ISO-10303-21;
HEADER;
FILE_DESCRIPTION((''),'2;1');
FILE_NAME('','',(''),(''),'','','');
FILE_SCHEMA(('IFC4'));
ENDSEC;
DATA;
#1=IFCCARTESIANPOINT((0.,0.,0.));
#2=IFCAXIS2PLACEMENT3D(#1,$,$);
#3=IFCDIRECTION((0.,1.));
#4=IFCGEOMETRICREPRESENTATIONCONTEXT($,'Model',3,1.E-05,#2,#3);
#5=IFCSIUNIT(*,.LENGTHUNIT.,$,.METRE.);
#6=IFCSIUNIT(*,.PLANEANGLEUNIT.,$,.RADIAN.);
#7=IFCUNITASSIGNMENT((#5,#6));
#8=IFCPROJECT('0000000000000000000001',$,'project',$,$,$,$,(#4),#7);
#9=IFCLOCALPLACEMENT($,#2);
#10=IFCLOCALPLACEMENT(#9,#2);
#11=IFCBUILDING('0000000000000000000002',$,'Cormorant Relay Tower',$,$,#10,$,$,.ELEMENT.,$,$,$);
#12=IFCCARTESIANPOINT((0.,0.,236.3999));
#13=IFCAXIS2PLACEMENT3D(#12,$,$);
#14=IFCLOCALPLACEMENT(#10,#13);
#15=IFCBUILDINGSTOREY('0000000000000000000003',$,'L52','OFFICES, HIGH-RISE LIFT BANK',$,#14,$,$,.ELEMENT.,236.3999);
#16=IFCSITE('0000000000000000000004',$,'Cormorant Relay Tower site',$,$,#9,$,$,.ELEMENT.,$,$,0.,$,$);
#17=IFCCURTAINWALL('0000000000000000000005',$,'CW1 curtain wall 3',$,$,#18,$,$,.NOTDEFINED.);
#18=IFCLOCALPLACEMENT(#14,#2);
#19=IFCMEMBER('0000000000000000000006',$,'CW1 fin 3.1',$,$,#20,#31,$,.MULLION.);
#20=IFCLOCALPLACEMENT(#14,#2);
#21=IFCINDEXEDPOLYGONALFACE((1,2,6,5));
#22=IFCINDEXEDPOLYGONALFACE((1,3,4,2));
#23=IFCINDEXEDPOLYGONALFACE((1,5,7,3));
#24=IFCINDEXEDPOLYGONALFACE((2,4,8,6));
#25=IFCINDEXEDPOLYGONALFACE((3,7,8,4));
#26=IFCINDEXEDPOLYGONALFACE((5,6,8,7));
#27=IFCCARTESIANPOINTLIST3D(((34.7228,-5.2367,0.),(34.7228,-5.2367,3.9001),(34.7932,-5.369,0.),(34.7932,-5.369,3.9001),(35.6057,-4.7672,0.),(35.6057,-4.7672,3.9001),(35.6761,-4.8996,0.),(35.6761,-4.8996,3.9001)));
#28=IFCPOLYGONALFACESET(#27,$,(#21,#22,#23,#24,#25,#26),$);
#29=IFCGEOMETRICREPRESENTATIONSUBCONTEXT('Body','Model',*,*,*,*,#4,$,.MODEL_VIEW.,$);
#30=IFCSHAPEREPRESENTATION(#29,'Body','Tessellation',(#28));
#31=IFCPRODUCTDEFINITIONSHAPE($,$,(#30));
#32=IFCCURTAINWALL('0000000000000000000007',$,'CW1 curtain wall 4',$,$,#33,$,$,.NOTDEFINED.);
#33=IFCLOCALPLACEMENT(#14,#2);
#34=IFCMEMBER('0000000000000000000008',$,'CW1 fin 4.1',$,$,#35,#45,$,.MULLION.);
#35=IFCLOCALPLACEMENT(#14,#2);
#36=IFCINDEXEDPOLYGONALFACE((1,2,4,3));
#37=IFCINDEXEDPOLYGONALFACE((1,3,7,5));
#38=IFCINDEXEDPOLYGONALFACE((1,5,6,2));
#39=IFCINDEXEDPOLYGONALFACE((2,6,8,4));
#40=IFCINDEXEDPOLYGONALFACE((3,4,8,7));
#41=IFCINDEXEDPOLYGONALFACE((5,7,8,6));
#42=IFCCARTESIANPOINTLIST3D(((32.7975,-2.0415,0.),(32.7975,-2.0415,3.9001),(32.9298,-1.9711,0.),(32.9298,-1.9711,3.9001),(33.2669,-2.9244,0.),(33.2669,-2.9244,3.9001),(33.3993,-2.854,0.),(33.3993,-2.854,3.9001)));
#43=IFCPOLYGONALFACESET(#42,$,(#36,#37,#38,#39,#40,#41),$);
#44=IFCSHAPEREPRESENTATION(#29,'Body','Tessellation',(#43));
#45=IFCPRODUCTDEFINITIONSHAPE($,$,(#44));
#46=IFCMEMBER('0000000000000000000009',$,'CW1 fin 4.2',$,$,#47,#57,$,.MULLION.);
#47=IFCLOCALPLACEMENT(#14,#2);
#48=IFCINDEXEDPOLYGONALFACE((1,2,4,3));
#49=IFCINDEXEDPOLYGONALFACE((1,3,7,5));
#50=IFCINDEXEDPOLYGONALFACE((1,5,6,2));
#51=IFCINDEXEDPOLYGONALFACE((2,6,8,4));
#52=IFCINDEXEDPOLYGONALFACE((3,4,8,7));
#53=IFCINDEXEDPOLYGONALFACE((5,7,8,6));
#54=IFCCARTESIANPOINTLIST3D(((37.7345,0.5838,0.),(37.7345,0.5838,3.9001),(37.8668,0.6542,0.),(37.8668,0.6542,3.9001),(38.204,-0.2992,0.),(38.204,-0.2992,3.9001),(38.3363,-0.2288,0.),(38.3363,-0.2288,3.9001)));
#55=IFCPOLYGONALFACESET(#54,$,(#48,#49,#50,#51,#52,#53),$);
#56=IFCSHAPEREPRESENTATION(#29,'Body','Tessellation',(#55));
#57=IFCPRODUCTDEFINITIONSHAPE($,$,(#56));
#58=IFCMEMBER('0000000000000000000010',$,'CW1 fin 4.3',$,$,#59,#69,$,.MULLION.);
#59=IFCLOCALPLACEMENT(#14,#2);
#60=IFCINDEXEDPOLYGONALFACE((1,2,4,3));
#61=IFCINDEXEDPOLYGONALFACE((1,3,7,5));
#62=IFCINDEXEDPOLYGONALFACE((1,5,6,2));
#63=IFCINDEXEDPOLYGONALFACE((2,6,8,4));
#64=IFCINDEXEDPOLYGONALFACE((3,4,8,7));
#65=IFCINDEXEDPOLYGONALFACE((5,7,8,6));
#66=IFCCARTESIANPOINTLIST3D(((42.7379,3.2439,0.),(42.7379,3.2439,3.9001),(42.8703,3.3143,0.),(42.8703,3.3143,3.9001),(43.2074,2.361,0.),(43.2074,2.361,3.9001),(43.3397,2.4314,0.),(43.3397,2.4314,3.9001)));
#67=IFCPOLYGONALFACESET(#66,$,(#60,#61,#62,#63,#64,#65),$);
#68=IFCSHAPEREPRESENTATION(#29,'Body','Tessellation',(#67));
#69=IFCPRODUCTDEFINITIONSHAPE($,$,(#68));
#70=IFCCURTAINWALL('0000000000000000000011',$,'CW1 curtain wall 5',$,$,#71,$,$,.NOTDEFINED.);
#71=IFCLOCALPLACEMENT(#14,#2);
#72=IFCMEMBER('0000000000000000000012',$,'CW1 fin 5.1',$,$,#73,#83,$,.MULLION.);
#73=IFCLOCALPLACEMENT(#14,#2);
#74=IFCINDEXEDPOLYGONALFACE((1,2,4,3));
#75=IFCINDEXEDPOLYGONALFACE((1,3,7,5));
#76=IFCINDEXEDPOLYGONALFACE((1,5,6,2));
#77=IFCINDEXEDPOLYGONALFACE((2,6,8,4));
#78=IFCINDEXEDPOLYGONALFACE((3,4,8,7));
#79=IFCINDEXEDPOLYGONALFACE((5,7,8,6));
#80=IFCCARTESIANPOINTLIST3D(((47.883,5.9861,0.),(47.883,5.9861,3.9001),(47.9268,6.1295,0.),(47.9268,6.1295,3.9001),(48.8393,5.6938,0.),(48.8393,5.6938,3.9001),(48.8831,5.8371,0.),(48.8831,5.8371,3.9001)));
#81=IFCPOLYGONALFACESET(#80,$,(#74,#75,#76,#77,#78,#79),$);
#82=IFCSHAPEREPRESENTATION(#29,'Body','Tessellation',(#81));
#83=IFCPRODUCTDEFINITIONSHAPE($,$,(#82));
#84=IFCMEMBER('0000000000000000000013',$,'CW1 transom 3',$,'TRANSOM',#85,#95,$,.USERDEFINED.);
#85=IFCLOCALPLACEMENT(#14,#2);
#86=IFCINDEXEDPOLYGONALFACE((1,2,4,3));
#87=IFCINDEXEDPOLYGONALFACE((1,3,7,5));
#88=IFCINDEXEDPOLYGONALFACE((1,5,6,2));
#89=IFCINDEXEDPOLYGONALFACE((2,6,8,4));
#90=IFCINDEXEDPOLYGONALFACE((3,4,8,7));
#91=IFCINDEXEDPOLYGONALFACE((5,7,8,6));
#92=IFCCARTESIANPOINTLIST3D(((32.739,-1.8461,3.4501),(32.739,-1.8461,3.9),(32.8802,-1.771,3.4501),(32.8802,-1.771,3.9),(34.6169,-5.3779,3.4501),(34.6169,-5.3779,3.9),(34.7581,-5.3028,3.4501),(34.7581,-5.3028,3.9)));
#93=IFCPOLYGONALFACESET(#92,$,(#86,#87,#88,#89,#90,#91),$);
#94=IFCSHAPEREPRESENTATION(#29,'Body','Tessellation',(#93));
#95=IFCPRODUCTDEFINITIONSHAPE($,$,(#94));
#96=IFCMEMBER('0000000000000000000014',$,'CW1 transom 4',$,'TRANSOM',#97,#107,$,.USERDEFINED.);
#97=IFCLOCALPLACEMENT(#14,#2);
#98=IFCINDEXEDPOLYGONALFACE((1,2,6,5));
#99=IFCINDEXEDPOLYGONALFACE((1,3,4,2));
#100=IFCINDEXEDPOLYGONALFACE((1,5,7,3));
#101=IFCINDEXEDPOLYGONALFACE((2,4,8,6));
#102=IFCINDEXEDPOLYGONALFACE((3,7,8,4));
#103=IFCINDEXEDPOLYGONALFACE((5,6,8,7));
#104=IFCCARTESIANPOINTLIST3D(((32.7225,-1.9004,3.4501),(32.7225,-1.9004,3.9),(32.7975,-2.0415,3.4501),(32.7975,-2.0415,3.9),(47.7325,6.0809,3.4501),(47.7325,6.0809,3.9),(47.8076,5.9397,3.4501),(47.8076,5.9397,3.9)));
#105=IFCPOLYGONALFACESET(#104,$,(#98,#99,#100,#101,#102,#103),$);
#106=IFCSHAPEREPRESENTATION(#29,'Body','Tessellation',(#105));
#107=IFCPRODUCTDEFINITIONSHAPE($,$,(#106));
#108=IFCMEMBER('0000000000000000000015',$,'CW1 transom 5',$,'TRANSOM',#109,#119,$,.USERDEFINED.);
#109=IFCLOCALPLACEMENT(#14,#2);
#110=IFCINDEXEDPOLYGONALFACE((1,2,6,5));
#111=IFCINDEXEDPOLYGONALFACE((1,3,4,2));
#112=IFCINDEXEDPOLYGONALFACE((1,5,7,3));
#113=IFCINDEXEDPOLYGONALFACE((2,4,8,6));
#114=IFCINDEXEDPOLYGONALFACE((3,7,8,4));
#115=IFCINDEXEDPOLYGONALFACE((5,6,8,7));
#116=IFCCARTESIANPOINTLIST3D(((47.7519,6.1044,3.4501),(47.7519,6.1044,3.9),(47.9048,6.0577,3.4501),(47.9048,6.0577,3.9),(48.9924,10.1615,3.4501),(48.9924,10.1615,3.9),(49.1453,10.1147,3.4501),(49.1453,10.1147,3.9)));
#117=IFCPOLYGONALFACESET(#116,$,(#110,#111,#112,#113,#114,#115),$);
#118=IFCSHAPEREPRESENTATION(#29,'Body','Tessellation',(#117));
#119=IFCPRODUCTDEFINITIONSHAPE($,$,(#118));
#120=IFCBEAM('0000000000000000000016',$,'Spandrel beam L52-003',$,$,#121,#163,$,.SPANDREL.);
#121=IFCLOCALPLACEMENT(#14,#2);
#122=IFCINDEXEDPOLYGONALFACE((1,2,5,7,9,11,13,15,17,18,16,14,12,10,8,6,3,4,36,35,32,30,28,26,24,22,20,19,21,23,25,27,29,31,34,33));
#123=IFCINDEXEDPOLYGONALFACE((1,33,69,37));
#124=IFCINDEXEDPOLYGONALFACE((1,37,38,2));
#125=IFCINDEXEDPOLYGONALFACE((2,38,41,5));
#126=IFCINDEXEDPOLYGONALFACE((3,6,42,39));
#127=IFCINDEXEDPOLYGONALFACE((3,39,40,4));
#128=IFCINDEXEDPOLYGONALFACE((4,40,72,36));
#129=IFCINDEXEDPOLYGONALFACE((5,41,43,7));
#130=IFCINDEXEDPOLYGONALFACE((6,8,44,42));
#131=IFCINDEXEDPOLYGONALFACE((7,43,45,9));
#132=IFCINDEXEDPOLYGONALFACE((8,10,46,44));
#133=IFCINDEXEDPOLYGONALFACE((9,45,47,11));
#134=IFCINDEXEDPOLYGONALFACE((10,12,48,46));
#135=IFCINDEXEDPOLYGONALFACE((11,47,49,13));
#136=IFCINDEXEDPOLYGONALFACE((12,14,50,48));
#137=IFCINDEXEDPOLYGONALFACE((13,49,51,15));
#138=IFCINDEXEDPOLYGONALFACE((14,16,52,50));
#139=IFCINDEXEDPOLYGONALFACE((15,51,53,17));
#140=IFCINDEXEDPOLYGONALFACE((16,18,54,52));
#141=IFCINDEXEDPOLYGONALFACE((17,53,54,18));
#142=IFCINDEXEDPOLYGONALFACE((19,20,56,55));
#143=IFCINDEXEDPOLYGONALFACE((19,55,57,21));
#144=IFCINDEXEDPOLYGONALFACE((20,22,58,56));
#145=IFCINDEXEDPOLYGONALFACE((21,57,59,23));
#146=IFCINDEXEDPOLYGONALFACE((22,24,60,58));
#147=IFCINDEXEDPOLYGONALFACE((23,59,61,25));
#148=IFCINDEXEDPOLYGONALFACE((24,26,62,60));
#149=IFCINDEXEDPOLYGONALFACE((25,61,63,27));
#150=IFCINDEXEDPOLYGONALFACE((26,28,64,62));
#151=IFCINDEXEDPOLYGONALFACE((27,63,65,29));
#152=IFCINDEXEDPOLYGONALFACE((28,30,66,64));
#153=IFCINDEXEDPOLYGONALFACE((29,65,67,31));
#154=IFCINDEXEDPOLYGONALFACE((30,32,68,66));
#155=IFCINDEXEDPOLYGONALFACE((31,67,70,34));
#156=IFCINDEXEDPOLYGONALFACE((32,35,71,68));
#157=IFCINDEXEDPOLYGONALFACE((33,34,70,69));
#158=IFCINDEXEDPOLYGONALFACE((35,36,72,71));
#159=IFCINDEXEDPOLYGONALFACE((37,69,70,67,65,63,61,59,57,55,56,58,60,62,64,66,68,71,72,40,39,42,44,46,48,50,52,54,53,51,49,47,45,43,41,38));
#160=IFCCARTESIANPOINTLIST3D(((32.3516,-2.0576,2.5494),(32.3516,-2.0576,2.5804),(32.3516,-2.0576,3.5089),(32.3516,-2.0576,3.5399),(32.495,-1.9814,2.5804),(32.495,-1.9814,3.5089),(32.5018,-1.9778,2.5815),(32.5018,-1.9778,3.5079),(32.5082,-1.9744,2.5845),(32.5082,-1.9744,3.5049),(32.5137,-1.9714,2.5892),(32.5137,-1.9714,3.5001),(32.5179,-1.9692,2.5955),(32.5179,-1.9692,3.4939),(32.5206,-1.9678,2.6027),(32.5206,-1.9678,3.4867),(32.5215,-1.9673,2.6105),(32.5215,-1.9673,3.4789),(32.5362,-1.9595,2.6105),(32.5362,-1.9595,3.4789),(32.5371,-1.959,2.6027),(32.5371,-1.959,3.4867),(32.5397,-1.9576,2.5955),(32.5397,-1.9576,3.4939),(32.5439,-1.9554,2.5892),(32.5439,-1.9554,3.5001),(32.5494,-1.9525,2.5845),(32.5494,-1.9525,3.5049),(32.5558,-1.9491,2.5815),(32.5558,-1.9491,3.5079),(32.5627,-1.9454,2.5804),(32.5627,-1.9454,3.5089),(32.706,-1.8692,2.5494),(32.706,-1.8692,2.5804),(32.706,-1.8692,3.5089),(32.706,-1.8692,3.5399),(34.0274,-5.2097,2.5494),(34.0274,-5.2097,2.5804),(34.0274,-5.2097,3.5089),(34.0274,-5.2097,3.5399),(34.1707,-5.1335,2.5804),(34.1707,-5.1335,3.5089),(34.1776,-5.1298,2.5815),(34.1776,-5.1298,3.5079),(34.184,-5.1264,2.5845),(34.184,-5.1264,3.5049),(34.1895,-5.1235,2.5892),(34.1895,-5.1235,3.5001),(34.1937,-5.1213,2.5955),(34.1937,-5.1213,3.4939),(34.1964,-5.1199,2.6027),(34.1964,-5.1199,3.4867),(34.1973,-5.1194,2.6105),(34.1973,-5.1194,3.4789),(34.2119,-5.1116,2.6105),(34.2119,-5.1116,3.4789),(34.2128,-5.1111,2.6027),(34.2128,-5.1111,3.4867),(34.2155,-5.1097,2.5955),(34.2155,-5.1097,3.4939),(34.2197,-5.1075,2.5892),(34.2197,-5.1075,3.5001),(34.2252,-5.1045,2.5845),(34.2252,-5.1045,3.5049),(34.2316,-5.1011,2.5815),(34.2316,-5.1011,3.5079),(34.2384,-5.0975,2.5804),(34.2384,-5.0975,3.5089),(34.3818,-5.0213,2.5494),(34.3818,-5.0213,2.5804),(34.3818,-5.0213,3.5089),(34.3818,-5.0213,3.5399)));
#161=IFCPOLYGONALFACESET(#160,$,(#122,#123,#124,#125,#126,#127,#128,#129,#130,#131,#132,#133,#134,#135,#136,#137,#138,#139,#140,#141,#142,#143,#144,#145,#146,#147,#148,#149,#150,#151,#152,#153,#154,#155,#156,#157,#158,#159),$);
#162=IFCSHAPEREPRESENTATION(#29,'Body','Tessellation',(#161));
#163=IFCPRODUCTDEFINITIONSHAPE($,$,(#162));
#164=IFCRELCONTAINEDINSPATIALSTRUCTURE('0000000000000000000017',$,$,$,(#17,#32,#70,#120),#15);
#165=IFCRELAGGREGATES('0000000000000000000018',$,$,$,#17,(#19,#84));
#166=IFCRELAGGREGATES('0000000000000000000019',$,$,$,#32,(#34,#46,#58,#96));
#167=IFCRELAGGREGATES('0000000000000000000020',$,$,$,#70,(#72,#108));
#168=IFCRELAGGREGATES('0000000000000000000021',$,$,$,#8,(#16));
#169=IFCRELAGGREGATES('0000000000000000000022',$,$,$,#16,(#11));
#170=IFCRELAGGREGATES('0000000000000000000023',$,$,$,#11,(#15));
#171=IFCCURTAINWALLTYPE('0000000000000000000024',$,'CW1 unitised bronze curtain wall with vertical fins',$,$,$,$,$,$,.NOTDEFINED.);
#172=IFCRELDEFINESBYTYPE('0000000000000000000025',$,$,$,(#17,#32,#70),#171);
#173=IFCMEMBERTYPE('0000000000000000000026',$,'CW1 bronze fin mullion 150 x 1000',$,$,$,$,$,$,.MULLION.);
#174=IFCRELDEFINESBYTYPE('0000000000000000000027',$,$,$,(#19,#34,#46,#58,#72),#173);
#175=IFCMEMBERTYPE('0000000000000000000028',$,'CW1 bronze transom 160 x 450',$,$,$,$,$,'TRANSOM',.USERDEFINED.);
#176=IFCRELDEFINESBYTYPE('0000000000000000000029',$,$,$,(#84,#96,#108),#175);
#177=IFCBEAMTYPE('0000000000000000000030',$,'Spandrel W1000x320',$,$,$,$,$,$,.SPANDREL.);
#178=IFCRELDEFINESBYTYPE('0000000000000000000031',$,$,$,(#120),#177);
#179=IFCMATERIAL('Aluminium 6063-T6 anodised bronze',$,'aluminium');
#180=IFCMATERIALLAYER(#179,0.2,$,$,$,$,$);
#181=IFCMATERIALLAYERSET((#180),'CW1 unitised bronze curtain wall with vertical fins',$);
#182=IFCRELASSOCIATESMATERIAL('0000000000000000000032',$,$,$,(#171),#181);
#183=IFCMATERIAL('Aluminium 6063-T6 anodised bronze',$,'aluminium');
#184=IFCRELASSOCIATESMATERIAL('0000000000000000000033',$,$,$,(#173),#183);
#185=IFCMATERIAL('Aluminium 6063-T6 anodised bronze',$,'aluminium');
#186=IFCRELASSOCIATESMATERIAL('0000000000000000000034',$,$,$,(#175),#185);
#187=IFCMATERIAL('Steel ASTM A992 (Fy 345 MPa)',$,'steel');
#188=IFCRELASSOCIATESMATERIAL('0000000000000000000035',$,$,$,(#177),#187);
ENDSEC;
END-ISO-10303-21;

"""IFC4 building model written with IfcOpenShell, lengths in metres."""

from ifc_helpers import new_model, si_unit, direction, frame, origin, origin_2d, place, context, subcontext, project, spatial, rectangle, i_section, extrude, material, layer, layer_set, material_profile, profile_set, type_object, element, aggregate, save


model = new_model("IFC4")

# Units and contexts
model_context = context("Model", 3, precision=1e-05, world=origin(), true_north=direction((0.0, 1.0)))
body_context = subcontext(model_context, "Body", "Model", "MODEL_VIEW")
ifc_project = project(units=[si_unit("LENGTHUNIT", "METRE"), si_unit("PLANEANGLEUNIT", "RADIAN")], contexts=[model_context])

# Site, building, storey
site_placement = place(None, origin())
site = spatial("IfcSite", under=ifc_project, at=site_placement, Name="Cormorant Relay Tower site", CompositionType="ELEMENT", RefElevation=0.0)
building_placement = place(site_placement, origin())
building = spatial("IfcBuilding", under=site, at=building_placement, Name="Cormorant Relay Tower", CompositionType="ELEMENT")
storey_placement = place(building_placement, frame((0.0, 0.0, 236.3999)))
storey = spatial("IfcBuildingStorey", under=building, at=storey_placement, Name="L52", Description="OFFICES, HIGH-RISE LIFT BANK", CompositionType="ELEMENT", Elevation=236.3999)

# Curtain wall, member
ifc_material_1 = material(Name="Aluminium 6063-T6 anodised bronze", Category="aluminium")
ifc_layer_1 = layer(ifc_material_1, 0.2)
ifc_layer_set_1 = layer_set([ifc_layer_1], Name="CW1 unitised bronze curtain wall with vertical fins")
curtain_wall_type = type_object("IfcCurtainWallType", Name="CW1 unitised bronze curtain wall with vertical fins", PredefinedType="NOTDEFINED", material=ifc_layer_set_1)
curtain_wall_1_placement = place(storey_placement, origin())
curtain_wall_1 = element("IfcCurtainWall", 1, at=curtain_wall_1_placement, inside=storey, type_object=curtain_wall_type, Name="CW1 curtain wall 3", PredefinedType="NOTDEFINED")
ifc_material_2 = material(Name="Aluminium 6063-T6 anodised bronze", Category="aluminium")
ifc_material_profile_1 = material_profile(ifc_material_2, rectangle(XDim=0.1499, YDim=1.0, at=origin_2d()), Name="AL 150x1000")
ifc_profile_set_1 = profile_set([ifc_material_profile_1], Name="Aluminium 6063-T6 anodised bronze")
member_type_1 = type_object("IfcMemberType", Name="CW1 bronze fin mullion 150 x 1000", PredefinedType="MULLION", material=ifc_profile_set_1)
member_1_placement = place(storey_placement, frame((35.1995, -5.0681, 0.0), z_axis=(0.0, 0.0, 1.0), x_axis=(-0.469472, 0.882948, 0.0)))
member_1 = element("IfcMember", 2, at=member_1_placement, type_object=member_type_1, Name="CW1 fin 3.1", PredefinedType="MULLION", context=body_context, shape_type="SweptSolid", body=[
    extrude(rectangle(XDim=0.1499, YDim=1.0, at=origin_2d()), origin(), (0.0, 0.0, 1.0), 3.9001),
])

# Curtain wall, members
curtain_wall_2_placement = place(storey_placement, origin())
curtain_wall_2 = element("IfcCurtainWall", 3, at=curtain_wall_2_placement, inside=storey, type_object=curtain_wall_type, Name="CW1 curtain wall 4", PredefinedType="NOTDEFINED")
member_2_placement = place(storey_placement, frame((33.0984, -2.4478, 0.0), z_axis=(0.0, 0.0, 1.0), x_axis=(0.882948, 0.469472, 0.0)))
member_2 = element("IfcMember", 4, at=member_2_placement, type_object=member_type_1, Name="CW1 fin 4.1", PredefinedType="MULLION", context=body_context, shape_type="SweptSolid", body=[
    extrude(rectangle(XDim=0.1499, YDim=1.0, at=origin_2d()), origin(), (0.0, 0.0, 1.0), 3.9001),
])
member_3_placement = place(storey_placement, frame((38.0354, 0.1775, 0.0), z_axis=(0.0, 0.0, 1.0), x_axis=(0.882948, 0.469472, 0.0)))
member_3 = element("IfcMember", 5, at=member_3_placement, type_object=member_type_1, Name="CW1 fin 4.2", PredefinedType="MULLION", context=body_context, shape_type="SweptSolid", body=[
    extrude(rectangle(XDim=0.1499, YDim=1.0, at=origin_2d()), origin(), (0.0, 0.0, 1.0), 3.9001),
])
member_4_placement = place(storey_placement, frame((43.0388, 2.8376, 0.0), z_axis=(0.0, 0.0, 1.0), x_axis=(0.882948, 0.469472, 0.0)))
member_4 = element("IfcMember", 6, at=member_4_placement, type_object=member_type_1, Name="CW1 fin 4.3", PredefinedType="MULLION", context=body_context, shape_type="SweptSolid", body=[
    extrude(rectangle(XDim=0.1499, YDim=1.0, at=origin_2d()), origin(), (0.0, 0.0, 1.0), 3.9001),
])

# Curtain wall, member
curtain_wall_3_placement = place(storey_placement, origin())
curtain_wall_3 = element("IfcCurtainWall", 7, at=curtain_wall_3_placement, inside=storey, type_object=curtain_wall_type, Name="CW1 curtain wall 5", PredefinedType="NOTDEFINED")
member_5_placement = place(storey_placement, frame((48.3831, 5.9116, 0.0), z_axis=(0.0, 0.0, 1.0), x_axis=(0.292372, 0.956305, 0.0)))
member_5 = element("IfcMember", 8, at=member_5_placement, type_object=member_type_1, Name="CW1 fin 5.1", PredefinedType="MULLION", context=body_context, shape_type="SweptSolid", body=[
    extrude(rectangle(XDim=0.1499, YDim=1.0, at=origin_2d()), origin(), (0.0, 0.0, 1.0), 3.9001),
])

# Members
ifc_material_3 = material(Name="Aluminium 6063-T6 anodised bronze", Category="aluminium")
ifc_material_profile_2 = material_profile(ifc_material_3, rectangle(XDim=0.1599, YDim=0.45, at=origin_2d()), Name="AL 160x450")
ifc_profile_set_2 = profile_set([ifc_material_profile_2], Name="Aluminium 6063-T6 anodised bronze")
member_type_2 = type_object("IfcMemberType", Name="CW1 bronze transom 160 x 450", ElementType="TRANSOM", PredefinedType="USERDEFINED", material=ifc_profile_set_2)
member_6_placement = place(storey_placement, frame((34.6875, -5.3403, 3.675), z_axis=(-0.469485, 0.88294, 0.0), x_axis=(-0.88294, -0.469485, 0.0)))
member_6 = element("IfcMember", 9, at=member_6_placement, type_object=member_type_2, Name="CW1 transom 3", ObjectType="TRANSOM", PredefinedType="USERDEFINED", context=body_context, shape_type="SweptSolid", body=[
    extrude(rectangle(XDim=0.1599, YDim=0.45, at=origin_2d()), origin(), (0.0, 0.0, 1.0), 4.0),
])
member_7_placement = place(storey_placement, frame((32.76, -1.9709, 3.675), z_axis=(0.882942, 0.469482, 0.0), x_axis=(-0.469482, 0.882942, 0.0)))
member_7 = element("IfcMember", 10, at=member_7_placement, type_object=member_type_2, Name="CW1 transom 4", ObjectType="TRANSOM", PredefinedType="USERDEFINED", context=body_context, shape_type="SweptSolid", body=[
    extrude(rectangle(XDim=0.1599, YDim=0.45, at=origin_2d()), origin(), (0.0, 0.0, 1.0), 17.0),
])
member_8_placement = place(storey_placement, frame((47.8284, 6.0811, 3.675), z_axis=(0.292391, 0.956299, 0.0), x_axis=(-0.956299, 0.292391, 0.0)))
member_8 = element("IfcMember", 11, at=member_8_placement, type_object=member_type_2, Name="CW1 transom 5", ObjectType="TRANSOM", PredefinedType="USERDEFINED", context=body_context, shape_type="SweptSolid", body=[
    extrude(rectangle(XDim=0.1599, YDim=0.45, at=origin_2d()), origin(), (0.0, 0.0, 1.0), 4.2424),
])

# Beam
ifc_material_4 = material(Name="Steel ASTM A992 (Fy 345 MPa)", Category="steel")
ifc_material_profile_3 = material_profile(ifc_material_4, i_section(OverallWidth=0.4014, OverallDepth=0.9905, WebThickness=0.0166, FlangeThickness=0.031, FilletRadius=0.03, at=origin_2d()), Name="W1000x320")
ifc_profile_set_3 = profile_set([ifc_material_profile_3], Name="Steel ASTM A992 (Fy 345 MPa)")
beam_type = type_object("IfcBeamType", Name="Spandrel W1000x320", PredefinedType="SPANDREL", material=ifc_profile_set_3)
beam_1_placement = place(storey_placement, frame((34.2046, -5.1155, 3.0447), z_axis=(-0.469424, 0.882973, 0.0), x_axis=(-0.882973, -0.469424, 0.0)))
element("IfcBeam", 12, at=beam_1_placement, inside=storey, type_object=beam_type, Name="Spandrel beam L52-003", PredefinedType="SPANDREL", context=body_context, shape_type="SweptSolid", body=[
    extrude(i_section(OverallWidth=0.4014, OverallDepth=0.9905, WebThickness=0.0166, FlangeThickness=0.031, FilletRadius=0.03, at=origin_2d()), origin(), (0.0, 0.0, 1.0), 3.5698),
])

aggregate(curtain_wall_1, [member_1, member_6])
aggregate(curtain_wall_2, [member_2, member_3, member_4, member_7])
aggregate(curtain_wall_3, [member_5, member_8])

save(model, "model.ifc")
